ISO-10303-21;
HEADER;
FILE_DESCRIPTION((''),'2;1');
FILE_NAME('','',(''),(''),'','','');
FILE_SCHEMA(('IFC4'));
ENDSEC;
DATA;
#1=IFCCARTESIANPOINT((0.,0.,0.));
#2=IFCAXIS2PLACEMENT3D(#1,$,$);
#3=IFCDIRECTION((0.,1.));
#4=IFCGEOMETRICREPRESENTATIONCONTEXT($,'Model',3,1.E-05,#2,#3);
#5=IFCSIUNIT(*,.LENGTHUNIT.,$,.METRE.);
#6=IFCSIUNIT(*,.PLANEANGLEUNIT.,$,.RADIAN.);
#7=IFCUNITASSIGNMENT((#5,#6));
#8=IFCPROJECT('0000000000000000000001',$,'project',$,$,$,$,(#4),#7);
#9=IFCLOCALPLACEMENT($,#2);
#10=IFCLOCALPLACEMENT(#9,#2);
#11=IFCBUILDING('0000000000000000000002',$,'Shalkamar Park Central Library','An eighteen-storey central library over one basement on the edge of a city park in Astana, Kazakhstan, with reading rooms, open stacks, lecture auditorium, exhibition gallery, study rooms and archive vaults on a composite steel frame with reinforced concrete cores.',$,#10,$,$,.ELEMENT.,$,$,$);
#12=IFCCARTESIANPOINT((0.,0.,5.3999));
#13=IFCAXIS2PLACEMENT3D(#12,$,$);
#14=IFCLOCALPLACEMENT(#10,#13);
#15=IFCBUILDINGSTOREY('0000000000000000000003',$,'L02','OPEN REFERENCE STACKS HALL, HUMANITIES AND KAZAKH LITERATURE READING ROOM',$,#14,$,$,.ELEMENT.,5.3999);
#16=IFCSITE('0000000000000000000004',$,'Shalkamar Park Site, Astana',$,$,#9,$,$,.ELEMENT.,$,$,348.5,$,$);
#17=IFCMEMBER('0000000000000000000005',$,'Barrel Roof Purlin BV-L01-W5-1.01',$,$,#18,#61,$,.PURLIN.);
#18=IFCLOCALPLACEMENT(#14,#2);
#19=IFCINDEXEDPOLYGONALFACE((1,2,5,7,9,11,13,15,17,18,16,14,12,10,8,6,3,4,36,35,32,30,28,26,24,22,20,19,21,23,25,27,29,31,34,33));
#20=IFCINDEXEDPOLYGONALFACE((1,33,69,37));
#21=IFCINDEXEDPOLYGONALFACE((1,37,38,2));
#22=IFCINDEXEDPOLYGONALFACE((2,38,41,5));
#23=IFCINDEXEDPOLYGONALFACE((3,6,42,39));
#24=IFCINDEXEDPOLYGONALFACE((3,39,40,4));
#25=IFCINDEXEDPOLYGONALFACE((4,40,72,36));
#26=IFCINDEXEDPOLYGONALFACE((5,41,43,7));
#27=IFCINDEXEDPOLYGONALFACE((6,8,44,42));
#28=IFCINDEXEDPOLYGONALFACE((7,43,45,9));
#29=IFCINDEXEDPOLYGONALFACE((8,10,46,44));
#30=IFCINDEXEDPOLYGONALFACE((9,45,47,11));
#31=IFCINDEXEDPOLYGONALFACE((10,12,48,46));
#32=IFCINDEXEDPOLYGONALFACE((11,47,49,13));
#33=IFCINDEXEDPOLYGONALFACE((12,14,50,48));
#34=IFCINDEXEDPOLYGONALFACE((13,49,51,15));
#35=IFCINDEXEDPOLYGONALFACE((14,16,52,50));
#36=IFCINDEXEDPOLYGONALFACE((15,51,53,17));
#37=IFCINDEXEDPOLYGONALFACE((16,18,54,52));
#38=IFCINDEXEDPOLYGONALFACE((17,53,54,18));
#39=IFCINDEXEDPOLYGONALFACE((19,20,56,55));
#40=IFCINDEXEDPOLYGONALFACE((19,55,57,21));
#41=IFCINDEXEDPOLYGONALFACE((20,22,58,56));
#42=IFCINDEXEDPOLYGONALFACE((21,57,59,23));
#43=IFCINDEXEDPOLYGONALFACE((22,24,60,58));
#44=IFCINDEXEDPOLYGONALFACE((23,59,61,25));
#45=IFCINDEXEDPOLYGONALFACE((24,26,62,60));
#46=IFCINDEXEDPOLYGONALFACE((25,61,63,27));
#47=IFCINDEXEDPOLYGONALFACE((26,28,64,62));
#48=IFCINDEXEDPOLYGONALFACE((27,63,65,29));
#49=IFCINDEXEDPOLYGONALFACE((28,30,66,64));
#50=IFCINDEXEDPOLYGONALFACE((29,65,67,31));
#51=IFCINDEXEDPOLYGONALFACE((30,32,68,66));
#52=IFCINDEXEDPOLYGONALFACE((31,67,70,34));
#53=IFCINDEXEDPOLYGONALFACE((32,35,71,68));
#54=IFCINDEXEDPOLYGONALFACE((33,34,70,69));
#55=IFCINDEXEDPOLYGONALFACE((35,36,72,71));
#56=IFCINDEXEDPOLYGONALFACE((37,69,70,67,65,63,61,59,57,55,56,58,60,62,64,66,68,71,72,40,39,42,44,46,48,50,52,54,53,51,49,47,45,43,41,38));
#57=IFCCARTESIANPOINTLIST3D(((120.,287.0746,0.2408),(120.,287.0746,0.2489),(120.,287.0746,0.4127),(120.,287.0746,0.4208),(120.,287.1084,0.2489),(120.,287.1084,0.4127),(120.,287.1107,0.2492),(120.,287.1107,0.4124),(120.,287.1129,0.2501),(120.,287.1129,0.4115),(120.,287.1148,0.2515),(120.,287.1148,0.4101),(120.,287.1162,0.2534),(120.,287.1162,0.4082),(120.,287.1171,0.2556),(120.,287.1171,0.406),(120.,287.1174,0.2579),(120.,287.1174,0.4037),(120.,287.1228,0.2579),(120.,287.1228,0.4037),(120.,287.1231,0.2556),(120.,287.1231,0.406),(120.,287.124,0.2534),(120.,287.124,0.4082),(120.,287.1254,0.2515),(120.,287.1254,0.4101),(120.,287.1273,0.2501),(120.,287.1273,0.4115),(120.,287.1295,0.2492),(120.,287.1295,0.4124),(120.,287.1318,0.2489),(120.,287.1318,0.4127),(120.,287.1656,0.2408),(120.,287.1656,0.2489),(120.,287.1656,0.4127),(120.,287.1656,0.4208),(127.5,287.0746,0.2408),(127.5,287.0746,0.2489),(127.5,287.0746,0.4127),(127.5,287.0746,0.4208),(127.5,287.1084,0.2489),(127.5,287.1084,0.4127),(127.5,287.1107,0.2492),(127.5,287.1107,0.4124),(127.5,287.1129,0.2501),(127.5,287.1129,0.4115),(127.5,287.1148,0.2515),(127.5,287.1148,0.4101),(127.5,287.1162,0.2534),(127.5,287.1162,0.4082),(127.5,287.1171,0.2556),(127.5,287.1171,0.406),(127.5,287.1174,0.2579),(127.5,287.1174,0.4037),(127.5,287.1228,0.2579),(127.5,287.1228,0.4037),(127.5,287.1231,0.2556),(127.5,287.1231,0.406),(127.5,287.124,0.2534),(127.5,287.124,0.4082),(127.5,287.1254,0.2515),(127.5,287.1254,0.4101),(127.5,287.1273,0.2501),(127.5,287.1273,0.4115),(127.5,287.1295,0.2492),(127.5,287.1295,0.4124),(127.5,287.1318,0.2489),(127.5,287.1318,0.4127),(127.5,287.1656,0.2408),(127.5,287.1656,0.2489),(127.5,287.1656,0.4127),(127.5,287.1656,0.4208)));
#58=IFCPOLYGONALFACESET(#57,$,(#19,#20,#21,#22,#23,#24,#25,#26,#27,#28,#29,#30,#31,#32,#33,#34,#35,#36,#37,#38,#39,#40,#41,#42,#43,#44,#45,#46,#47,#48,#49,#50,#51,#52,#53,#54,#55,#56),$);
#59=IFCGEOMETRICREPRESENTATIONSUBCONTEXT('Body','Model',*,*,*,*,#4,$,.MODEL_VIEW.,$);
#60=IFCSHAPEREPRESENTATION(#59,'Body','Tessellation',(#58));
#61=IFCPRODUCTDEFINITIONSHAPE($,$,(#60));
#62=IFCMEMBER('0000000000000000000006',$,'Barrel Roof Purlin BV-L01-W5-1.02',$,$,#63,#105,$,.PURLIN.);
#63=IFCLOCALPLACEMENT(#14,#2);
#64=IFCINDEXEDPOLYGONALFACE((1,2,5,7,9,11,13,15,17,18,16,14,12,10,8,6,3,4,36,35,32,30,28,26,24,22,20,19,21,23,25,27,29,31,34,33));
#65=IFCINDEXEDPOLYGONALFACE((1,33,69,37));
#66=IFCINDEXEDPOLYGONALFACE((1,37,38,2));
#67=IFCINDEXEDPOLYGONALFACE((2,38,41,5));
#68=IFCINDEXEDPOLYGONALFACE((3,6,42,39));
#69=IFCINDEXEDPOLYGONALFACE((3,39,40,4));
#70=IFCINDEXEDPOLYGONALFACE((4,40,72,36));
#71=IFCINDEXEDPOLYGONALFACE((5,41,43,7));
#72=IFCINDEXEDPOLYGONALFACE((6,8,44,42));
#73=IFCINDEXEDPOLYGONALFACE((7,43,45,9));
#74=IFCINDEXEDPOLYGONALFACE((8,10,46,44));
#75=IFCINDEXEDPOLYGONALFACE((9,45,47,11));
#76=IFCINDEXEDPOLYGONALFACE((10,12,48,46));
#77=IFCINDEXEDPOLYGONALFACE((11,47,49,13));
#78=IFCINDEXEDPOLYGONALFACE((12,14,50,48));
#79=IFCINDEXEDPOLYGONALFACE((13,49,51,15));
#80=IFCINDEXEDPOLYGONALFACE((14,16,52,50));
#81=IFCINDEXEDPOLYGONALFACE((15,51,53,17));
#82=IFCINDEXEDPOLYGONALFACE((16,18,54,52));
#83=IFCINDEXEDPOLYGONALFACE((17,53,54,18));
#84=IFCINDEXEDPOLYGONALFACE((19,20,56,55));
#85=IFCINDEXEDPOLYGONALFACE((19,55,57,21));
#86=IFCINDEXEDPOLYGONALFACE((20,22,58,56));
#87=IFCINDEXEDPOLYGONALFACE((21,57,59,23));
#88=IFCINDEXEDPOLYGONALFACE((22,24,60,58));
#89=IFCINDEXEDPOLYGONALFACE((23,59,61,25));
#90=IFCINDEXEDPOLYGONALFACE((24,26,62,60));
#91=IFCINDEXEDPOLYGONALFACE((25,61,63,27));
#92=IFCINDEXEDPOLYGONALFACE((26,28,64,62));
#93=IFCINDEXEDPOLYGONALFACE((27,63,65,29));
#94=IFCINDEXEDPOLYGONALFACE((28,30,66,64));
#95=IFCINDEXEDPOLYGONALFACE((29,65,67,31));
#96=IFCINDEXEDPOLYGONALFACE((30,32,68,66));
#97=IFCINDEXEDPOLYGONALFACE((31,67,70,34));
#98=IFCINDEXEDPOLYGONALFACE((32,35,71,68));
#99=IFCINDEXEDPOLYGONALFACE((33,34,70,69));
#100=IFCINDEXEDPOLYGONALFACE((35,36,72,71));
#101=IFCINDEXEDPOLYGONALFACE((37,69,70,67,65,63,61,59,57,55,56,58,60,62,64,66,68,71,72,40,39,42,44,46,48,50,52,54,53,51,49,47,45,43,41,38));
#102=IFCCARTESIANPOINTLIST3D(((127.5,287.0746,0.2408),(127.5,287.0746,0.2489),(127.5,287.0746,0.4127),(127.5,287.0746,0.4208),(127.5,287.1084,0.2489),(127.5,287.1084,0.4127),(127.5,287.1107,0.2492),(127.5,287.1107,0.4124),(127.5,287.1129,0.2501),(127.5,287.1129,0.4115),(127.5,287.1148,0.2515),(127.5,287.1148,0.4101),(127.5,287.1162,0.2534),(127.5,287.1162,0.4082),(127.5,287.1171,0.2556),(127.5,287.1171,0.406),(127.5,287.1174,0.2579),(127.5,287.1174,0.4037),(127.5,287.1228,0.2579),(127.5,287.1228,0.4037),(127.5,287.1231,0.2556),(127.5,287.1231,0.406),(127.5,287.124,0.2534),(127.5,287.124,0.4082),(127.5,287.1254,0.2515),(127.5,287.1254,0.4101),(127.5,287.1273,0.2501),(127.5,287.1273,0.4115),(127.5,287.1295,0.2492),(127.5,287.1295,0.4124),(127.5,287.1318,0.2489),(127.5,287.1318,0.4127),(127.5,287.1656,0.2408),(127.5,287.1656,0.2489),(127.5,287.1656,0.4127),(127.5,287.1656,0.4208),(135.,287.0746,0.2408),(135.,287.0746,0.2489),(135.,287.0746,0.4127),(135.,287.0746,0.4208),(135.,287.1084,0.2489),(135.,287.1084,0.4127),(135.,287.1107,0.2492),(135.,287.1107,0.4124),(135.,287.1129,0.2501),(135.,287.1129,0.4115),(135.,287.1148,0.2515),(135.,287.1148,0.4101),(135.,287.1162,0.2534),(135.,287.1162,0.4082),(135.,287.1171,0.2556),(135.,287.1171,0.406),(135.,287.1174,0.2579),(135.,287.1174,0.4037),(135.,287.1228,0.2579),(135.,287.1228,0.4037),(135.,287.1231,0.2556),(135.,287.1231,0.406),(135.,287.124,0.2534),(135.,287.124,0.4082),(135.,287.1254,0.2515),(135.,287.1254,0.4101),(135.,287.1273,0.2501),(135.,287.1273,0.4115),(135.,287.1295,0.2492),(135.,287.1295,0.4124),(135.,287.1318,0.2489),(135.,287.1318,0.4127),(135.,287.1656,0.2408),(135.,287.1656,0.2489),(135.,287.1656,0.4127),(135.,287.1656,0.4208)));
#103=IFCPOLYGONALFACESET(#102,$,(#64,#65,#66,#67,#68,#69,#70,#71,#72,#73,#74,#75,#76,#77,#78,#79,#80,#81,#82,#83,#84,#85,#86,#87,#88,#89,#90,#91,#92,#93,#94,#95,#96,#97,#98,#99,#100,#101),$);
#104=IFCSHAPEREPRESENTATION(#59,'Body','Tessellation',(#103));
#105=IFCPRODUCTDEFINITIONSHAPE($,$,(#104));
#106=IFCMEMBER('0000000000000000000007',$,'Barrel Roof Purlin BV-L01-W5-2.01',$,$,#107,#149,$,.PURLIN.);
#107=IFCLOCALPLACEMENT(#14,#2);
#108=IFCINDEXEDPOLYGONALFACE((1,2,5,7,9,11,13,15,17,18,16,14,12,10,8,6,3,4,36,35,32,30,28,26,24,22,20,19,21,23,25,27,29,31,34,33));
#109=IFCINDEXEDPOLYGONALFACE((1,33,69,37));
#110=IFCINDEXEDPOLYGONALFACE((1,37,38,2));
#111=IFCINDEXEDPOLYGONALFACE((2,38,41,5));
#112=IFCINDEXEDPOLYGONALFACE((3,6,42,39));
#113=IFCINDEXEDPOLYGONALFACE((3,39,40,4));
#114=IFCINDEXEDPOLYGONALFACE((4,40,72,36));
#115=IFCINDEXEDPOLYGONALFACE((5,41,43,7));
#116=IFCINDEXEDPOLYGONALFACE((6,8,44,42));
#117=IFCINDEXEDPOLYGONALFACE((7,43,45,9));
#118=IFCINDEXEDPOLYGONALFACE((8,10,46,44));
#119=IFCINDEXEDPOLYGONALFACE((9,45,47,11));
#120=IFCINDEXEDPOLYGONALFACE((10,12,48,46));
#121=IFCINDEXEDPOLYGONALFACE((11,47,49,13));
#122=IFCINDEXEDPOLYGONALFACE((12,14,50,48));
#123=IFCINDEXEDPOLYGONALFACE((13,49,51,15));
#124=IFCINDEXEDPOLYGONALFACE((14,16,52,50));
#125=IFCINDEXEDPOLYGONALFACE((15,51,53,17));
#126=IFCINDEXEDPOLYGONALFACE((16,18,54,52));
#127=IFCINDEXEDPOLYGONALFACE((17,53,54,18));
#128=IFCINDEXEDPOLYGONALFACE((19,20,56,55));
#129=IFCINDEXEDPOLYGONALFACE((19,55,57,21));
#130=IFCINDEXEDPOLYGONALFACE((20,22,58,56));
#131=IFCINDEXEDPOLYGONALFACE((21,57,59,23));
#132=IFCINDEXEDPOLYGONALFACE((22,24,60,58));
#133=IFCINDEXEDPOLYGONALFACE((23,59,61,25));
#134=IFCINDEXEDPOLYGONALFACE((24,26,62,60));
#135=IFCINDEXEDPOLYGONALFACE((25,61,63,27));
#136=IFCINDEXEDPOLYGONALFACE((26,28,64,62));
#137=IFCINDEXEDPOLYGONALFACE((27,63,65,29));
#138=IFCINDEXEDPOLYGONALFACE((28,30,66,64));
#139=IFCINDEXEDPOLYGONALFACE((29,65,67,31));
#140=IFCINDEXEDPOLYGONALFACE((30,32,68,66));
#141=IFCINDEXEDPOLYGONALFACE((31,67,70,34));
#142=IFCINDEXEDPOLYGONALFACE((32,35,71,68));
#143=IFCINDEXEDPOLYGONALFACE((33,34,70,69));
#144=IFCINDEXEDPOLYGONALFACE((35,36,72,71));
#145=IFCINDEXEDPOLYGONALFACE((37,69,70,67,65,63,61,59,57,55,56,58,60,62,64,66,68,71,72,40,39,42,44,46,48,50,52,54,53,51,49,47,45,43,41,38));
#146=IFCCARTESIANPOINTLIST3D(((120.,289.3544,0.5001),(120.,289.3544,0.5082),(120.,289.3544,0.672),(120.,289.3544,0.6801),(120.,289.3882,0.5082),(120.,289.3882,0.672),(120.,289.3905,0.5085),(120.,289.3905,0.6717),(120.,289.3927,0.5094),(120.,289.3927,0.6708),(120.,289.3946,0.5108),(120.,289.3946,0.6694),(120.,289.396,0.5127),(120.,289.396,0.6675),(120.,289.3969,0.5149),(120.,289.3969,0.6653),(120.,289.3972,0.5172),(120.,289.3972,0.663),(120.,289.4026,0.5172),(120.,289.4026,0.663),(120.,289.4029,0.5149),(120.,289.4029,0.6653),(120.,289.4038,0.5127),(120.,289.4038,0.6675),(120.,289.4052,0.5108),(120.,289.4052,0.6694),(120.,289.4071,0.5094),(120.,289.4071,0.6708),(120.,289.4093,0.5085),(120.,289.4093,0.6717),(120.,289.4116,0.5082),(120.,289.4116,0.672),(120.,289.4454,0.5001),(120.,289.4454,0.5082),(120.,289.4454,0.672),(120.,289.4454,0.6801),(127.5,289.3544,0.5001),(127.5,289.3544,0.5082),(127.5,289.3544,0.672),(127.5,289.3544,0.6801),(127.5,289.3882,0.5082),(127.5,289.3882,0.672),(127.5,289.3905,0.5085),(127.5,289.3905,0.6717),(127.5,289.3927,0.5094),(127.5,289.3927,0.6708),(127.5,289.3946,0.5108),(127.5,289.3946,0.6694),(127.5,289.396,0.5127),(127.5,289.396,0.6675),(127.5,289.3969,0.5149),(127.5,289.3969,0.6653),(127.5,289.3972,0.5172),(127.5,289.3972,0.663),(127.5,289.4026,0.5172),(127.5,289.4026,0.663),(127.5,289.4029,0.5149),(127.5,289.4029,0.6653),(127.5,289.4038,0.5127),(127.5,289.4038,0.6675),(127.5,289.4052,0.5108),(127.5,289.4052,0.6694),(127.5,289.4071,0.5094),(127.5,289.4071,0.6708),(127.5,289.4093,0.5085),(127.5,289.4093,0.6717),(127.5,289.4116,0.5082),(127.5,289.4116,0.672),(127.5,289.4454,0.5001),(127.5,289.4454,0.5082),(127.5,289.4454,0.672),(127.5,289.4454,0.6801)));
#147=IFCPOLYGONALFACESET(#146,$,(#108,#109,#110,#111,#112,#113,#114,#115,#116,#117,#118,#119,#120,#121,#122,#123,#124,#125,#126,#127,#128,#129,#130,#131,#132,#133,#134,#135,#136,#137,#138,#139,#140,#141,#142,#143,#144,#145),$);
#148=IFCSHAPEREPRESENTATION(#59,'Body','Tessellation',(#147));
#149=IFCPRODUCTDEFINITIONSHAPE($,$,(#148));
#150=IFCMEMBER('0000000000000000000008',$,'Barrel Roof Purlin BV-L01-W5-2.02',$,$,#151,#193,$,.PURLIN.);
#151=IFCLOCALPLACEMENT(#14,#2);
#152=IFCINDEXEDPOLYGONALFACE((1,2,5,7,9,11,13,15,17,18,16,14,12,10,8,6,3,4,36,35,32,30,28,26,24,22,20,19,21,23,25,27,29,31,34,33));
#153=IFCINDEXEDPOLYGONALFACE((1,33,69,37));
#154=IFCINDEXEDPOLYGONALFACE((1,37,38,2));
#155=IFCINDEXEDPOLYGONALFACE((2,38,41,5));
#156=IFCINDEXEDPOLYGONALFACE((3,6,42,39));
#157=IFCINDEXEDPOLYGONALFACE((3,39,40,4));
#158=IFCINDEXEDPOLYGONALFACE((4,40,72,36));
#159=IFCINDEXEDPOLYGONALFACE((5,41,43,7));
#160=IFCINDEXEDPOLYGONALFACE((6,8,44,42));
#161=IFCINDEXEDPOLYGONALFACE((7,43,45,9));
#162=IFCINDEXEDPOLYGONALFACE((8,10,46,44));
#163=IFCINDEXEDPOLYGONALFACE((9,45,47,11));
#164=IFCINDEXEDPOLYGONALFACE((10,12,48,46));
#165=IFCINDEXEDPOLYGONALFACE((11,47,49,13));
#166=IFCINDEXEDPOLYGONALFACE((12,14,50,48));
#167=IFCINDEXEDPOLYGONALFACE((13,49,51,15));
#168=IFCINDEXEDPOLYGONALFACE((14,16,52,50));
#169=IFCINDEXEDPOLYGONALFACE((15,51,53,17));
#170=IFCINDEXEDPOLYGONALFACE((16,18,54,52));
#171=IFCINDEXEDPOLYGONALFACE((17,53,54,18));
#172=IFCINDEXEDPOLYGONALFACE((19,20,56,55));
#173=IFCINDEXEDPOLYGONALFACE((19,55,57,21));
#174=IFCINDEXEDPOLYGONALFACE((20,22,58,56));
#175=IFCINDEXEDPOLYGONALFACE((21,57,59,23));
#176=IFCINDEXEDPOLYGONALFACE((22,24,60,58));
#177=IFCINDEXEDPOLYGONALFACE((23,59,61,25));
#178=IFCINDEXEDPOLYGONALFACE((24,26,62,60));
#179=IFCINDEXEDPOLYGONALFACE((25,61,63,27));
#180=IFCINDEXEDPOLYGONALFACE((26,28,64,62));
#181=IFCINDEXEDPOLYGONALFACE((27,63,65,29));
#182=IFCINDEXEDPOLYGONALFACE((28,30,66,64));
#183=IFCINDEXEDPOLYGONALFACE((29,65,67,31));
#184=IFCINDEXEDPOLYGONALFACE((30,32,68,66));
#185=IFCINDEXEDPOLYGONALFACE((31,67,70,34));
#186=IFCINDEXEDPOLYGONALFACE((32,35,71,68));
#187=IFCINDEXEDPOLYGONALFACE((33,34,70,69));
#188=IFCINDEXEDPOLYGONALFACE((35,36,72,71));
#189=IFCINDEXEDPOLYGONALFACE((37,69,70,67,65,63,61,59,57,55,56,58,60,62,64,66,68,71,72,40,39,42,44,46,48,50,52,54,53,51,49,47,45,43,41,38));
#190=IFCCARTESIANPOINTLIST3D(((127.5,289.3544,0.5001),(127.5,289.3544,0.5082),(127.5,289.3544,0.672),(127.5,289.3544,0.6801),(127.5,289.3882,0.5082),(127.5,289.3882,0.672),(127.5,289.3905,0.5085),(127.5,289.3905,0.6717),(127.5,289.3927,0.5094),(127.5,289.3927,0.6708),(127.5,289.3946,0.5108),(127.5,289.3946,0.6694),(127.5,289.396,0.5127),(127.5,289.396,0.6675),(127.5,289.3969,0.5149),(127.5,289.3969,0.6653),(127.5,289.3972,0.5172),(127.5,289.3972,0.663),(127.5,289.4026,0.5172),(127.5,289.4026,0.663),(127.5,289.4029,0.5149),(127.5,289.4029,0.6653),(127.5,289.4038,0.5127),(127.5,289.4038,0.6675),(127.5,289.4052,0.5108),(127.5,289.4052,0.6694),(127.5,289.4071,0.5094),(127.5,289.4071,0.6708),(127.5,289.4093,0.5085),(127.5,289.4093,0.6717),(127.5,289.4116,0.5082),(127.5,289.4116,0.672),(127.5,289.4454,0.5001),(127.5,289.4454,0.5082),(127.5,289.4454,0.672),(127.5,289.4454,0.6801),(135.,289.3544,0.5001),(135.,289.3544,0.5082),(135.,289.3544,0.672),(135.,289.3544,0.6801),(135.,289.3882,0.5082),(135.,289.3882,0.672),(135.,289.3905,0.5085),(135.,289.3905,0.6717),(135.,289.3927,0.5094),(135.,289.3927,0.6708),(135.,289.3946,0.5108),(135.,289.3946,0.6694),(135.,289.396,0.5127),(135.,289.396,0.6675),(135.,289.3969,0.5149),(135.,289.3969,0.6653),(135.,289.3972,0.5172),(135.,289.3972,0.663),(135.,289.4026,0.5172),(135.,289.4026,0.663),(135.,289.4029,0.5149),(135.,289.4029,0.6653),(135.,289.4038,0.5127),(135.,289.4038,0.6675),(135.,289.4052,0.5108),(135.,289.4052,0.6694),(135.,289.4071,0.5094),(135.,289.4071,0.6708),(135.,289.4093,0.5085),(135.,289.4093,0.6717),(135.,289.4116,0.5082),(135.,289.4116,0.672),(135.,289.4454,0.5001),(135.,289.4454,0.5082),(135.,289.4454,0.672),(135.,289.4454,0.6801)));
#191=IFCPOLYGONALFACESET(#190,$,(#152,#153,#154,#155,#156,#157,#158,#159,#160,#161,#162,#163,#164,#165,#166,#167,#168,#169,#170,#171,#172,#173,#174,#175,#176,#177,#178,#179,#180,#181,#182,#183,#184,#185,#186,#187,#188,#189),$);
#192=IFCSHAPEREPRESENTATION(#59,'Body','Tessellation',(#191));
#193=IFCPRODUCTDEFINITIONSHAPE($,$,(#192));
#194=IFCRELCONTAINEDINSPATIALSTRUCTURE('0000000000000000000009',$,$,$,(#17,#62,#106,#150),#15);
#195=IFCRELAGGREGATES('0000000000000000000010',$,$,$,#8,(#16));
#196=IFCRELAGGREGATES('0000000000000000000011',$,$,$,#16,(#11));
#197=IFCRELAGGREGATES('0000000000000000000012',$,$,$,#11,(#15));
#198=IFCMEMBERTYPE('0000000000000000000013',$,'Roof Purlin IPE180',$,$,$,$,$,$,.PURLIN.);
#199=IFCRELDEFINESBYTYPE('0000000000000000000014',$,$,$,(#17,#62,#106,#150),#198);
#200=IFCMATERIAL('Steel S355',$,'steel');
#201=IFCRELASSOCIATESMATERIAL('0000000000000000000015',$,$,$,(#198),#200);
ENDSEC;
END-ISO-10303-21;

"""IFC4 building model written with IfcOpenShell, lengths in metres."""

from ifc_helpers import new_model, si_unit, direction, frame, origin, origin_2d, place, context, subcontext, project, spatial, i_section, extrude, material, material_profile, profile_set, type_object, element, save


model = new_model("IFC4")

# Units and contexts
model_context = context("Model", 3, precision=1e-05, world=origin(), true_north=direction((0.0, 1.0)))
body_context = subcontext(model_context, "Body", "Model", "MODEL_VIEW")
ifc_project = project(units=[si_unit("LENGTHUNIT", "METRE"), si_unit("PLANEANGLEUNIT", "RADIAN")], contexts=[model_context])

# Site, building, storey
site_placement = place(None, origin())
site = spatial("IfcSite", under=ifc_project, at=site_placement, Name="Shalkamar Park Site, Astana", CompositionType="ELEMENT", RefElevation=348.5)
building_placement = place(site_placement, origin())
building = spatial("IfcBuilding", under=site, at=building_placement, Name="Shalkamar Park Central Library", Description="An eighteen-storey central library over one basement on the edge of a city park in Astana, Kazakhstan, with reading rooms, open stacks, lecture auditorium, exhibition gallery, study rooms and archive vaults on a composite steel frame with reinforced concrete cores.", CompositionType="ELEMENT")
storey_placement = place(building_placement, frame((0.0, 0.0, 5.3999)))
storey = spatial("IfcBuildingStorey", under=building, at=storey_placement, Name="L02", Description="OPEN REFERENCE STACKS HALL, HUMANITIES AND KAZAKH LITERATURE READING ROOM", CompositionType="ELEMENT", Elevation=5.3999)

# Members
ifc_material_1 = material(Name="Steel S355", Category="steel")
ifc_material_profile_1 = material_profile(ifc_material_1, i_section(OverallWidth=0.0911, OverallDepth=0.1799, WebThickness=0.0054, FlangeThickness=0.0081, FilletRadius=0.009, at=origin_2d()), Name="IPE 180")
ifc_profile_set_1 = profile_set([ifc_material_profile_1], Name="Steel S355")
member_type_1 = type_object("IfcMemberType", Name="Roof Purlin IPE180", PredefinedType="PURLIN", material=ifc_profile_set_1)
for number, where, z_axis, x_axis, name in (
    (1, (120.0, 287.1201, 0.3308), (1.0, 0.0, 0.0), (0.0, 1.0, 0.0), "Barrel Roof Purlin BV-L01-W5-1.01"),
    (2, (127.5, 287.1201, 0.3308), (1.0, 0.0, 0.0), (0.0, 1.0, 0.0), "Barrel Roof Purlin BV-L01-W5-1.02"),
    (3, (120.0, 289.3999, 0.5901), (1.0, 0.0, 0.0), (0.0, 1.0, 0.0), "Barrel Roof Purlin BV-L01-W5-2.01"),
    (4, (127.5, 289.3999, 0.5901), (1.0, 0.0, 0.0), (0.0, 1.0, 0.0), "Barrel Roof Purlin BV-L01-W5-2.02"),
):
    element("IfcMember", number, at=place(storey_placement, frame(where, z_axis=z_axis, x_axis=x_axis)), inside=storey, type_object=member_type_1, Name=name, PredefinedType="PURLIN", context=body_context, shape_type="SweptSolid", body=[
        extrude(i_section(OverallWidth=0.0911, OverallDepth=0.1799, WebThickness=0.0054, FlangeThickness=0.0081, FilletRadius=0.009, at=origin_2d()), origin(), (0.0, 0.0, 1.0), 7.5),
    ])

save(model, "model.ifc")
